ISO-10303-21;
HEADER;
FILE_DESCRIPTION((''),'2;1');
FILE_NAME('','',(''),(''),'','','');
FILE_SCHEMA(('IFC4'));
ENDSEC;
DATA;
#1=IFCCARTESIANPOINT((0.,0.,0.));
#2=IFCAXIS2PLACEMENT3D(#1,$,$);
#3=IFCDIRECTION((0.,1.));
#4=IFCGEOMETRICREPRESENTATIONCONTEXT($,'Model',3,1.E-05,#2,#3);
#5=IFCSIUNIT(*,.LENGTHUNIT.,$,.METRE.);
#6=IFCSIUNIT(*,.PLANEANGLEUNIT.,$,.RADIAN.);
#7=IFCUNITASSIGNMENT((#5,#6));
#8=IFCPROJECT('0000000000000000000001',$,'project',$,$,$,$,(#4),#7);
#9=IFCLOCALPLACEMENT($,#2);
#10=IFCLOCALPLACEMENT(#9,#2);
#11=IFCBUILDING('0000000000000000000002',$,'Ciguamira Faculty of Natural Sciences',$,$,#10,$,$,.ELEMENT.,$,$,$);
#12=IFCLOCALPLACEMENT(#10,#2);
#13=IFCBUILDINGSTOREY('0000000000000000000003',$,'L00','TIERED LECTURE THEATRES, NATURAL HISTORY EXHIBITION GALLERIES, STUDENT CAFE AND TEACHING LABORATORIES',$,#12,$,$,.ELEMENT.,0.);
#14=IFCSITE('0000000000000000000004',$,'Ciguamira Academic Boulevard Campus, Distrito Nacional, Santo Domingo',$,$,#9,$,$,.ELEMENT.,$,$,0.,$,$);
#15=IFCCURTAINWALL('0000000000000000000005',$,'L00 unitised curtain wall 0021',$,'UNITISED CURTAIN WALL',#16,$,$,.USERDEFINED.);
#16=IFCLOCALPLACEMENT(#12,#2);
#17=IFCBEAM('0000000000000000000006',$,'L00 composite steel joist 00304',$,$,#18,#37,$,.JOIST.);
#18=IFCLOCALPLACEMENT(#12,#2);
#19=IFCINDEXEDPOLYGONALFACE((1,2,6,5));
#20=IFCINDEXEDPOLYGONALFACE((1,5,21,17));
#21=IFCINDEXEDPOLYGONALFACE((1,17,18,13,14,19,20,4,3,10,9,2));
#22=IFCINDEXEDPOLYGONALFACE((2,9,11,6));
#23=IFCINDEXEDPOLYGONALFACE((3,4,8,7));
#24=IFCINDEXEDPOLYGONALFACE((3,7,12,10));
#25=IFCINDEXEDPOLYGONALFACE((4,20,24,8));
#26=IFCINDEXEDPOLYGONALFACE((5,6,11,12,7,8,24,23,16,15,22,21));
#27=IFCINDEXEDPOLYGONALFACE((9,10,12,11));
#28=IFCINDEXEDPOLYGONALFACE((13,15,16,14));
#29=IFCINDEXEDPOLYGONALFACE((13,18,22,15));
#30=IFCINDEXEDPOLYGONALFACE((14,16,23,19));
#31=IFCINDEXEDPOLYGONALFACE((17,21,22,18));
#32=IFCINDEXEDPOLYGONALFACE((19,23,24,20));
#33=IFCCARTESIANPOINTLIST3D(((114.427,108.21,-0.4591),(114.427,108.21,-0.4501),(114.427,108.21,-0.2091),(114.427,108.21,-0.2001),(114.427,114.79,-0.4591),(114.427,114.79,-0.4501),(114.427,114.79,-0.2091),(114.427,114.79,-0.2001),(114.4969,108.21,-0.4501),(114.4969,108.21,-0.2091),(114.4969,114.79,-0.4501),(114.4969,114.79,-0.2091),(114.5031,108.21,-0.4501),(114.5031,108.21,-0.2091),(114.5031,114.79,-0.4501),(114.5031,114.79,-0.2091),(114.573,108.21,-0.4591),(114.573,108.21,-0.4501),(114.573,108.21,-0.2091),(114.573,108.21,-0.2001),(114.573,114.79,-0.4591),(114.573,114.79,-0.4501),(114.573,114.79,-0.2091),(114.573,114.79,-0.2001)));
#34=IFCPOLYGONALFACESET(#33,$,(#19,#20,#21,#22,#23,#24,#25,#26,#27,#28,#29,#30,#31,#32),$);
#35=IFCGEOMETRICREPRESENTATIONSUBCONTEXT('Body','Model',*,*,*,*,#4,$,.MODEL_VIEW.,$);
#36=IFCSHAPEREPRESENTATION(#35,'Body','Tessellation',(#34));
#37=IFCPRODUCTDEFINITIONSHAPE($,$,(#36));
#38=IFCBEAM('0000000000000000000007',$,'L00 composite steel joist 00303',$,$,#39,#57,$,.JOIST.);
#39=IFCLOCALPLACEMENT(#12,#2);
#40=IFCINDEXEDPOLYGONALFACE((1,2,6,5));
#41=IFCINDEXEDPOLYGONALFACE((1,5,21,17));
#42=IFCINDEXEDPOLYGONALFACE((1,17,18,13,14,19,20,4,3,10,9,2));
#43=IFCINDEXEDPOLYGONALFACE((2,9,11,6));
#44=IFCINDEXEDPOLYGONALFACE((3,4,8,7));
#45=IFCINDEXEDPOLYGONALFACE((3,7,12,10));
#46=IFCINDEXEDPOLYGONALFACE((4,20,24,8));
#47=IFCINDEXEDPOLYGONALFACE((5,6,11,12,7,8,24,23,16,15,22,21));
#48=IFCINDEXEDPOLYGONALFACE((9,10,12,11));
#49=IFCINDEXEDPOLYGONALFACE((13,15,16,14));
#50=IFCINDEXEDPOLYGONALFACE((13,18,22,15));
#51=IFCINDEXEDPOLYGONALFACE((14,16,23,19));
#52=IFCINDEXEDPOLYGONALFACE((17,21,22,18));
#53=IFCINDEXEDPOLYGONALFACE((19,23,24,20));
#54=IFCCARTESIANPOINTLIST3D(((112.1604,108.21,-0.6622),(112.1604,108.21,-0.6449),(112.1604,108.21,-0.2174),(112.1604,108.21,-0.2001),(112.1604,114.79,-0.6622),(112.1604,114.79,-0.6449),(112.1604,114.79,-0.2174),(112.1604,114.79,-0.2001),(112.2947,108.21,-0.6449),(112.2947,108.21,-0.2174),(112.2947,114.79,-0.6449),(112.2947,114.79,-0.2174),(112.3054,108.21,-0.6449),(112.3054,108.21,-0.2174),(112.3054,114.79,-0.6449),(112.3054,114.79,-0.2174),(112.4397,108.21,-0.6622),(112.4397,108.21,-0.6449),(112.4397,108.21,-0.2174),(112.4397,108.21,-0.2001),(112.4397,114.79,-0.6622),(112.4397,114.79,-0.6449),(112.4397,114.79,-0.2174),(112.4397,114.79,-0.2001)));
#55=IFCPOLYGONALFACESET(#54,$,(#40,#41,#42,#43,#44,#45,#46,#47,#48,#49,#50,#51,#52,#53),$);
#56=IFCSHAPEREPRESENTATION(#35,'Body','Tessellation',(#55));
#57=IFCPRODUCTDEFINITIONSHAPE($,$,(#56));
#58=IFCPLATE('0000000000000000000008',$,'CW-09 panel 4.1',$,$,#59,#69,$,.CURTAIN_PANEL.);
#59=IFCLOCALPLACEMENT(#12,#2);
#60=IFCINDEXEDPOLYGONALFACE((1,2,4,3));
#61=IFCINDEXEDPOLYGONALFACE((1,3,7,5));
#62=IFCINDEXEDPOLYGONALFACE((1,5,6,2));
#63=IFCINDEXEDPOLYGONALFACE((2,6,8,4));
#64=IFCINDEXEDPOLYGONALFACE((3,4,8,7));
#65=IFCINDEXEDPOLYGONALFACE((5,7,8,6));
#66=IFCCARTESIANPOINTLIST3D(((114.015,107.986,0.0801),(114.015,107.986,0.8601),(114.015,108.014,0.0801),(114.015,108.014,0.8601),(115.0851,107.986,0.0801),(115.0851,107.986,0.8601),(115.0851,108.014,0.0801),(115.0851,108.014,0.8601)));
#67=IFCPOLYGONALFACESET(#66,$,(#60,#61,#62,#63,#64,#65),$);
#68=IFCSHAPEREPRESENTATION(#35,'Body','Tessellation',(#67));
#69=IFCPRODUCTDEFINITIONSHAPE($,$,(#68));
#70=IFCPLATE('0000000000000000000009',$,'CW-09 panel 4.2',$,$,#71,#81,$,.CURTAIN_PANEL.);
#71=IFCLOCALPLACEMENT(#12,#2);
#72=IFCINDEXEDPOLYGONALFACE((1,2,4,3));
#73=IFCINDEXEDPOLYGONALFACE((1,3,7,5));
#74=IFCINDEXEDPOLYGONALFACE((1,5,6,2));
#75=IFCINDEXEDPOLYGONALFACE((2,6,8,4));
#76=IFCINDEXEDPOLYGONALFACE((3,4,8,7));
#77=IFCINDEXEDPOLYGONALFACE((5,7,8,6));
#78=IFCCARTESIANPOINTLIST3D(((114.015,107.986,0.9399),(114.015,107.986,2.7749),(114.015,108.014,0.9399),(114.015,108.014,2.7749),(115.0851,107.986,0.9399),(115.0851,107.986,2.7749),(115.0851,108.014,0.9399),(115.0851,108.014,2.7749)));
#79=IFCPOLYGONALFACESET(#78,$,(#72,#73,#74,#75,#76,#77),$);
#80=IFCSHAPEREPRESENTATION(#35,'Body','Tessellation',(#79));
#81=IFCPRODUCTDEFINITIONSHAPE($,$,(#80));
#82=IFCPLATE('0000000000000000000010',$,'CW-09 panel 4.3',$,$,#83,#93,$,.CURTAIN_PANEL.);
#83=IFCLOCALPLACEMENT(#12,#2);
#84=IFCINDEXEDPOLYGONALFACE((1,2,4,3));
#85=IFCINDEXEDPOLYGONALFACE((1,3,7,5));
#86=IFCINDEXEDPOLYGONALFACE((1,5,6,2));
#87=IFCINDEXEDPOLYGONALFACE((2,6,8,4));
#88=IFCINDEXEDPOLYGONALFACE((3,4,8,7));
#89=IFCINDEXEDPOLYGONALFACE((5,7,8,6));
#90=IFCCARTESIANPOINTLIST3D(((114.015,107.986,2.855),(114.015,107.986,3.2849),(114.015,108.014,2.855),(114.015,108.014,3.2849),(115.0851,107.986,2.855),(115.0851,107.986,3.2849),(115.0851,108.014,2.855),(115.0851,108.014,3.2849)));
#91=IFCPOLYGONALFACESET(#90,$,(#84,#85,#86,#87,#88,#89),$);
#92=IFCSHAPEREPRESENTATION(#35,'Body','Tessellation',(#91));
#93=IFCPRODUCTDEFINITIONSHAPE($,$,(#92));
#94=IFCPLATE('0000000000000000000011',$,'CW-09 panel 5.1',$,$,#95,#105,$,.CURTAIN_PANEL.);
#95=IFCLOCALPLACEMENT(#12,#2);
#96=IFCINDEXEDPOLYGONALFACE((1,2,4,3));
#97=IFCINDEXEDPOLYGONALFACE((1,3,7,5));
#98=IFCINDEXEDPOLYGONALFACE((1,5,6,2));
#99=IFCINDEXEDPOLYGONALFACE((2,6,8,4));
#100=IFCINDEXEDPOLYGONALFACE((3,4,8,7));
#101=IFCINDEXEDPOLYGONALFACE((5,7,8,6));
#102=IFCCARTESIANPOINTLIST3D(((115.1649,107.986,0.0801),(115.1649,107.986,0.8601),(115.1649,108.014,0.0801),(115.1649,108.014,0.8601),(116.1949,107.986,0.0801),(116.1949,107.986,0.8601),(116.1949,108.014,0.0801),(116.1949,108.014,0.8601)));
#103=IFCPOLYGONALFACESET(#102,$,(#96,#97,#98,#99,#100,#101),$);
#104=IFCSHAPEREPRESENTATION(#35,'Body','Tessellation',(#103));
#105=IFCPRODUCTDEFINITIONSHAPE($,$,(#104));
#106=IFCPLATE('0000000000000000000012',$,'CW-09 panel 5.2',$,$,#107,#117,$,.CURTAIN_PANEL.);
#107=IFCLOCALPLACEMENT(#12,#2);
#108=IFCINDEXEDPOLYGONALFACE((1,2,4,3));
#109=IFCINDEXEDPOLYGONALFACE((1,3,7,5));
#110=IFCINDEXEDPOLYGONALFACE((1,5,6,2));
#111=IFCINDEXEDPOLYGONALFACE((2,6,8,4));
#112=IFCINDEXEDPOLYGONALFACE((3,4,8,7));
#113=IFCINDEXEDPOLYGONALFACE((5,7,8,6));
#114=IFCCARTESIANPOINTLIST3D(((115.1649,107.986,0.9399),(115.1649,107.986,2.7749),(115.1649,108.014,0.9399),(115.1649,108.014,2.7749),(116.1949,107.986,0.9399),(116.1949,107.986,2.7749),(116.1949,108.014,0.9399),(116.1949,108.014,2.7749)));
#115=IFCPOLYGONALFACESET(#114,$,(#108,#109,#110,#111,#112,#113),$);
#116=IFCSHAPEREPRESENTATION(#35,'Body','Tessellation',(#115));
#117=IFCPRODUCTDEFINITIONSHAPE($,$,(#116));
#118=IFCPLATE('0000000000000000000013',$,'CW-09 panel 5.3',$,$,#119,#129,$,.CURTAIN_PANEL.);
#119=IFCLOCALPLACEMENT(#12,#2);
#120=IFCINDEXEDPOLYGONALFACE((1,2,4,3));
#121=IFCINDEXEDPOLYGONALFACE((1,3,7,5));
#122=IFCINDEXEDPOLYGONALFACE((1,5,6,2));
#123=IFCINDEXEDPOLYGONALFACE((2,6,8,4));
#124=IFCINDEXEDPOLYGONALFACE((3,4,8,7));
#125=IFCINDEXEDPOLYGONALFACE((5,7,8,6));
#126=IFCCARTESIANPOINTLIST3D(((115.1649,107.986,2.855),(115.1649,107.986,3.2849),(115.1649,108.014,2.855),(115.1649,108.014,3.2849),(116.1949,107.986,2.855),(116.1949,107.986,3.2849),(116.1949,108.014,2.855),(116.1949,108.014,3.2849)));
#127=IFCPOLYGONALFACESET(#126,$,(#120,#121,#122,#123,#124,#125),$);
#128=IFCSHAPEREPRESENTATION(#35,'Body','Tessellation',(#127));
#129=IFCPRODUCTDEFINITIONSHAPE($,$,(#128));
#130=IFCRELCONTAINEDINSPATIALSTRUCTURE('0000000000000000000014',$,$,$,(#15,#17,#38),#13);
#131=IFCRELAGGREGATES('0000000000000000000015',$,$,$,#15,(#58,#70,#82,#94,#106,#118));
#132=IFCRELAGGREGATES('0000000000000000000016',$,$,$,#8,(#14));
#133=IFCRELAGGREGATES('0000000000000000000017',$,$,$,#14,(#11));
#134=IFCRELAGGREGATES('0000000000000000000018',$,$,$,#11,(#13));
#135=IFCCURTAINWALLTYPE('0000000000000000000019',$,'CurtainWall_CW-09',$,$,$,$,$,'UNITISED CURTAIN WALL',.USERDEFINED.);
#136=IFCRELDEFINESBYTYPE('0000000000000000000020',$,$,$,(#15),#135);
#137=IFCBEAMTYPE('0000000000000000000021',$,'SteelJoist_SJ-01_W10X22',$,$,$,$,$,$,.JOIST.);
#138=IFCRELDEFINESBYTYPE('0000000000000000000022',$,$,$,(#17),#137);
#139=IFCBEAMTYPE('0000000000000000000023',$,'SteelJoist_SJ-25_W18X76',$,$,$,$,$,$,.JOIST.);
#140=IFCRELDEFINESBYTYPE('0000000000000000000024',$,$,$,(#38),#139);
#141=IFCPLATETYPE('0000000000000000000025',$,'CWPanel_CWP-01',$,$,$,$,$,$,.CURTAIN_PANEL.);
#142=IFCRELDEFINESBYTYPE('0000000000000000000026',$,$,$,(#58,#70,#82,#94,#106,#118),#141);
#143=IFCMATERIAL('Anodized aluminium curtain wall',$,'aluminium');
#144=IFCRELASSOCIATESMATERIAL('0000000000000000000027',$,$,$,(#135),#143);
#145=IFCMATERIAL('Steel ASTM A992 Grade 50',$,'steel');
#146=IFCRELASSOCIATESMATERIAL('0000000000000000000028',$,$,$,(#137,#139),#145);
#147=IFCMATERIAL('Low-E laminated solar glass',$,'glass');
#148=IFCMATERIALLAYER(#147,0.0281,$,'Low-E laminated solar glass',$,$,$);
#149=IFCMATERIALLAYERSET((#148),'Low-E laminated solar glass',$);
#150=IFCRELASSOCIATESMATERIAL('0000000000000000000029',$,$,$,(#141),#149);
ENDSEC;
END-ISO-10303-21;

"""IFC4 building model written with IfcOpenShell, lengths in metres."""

from ifc_helpers import new_model, si_unit, direction, frame, origin, origin_2d, place, context, subcontext, project, spatial, rectangle, i_section, extrude, material, layer, layer_set, material_profile, profile_set, type_object, element, aggregate, save


model = new_model("IFC4")

# Units and contexts
model_context = context("Model", 3, precision=1e-05, world=origin(), true_north=direction((0.0, 1.0)))
body_context = subcontext(model_context, "Body", "Model", "MODEL_VIEW")
ifc_project = project(units=[si_unit("LENGTHUNIT", "METRE"), si_unit("PLANEANGLEUNIT", "RADIAN")], contexts=[model_context])

# Site, building, storey
site_placement = place(None, origin())
site = spatial("IfcSite", under=ifc_project, at=site_placement, Name="Ciguamira Academic Boulevard Campus, Distrito Nacional, Santo Domingo", CompositionType="ELEMENT", RefElevation=0.0)
building_placement = place(site_placement, origin())
building = spatial("IfcBuilding", under=site, at=building_placement, Name="Ciguamira Faculty of Natural Sciences", CompositionType="ELEMENT")
storey_placement = place(building_placement, origin())
storey = spatial("IfcBuildingStorey", under=building, at=storey_placement, Name="L00", Description="TIERED LECTURE THEATRES, NATURAL HISTORY EXHIBITION GALLERIES, STUDENT CAFE AND TEACHING LABORATORIES", CompositionType="ELEMENT", Elevation=0.0)

# Curtain wall
ifc_material_1 = material(Name="Anodized aluminium curtain wall", Category="aluminium")
curtain_wall_type = type_object("IfcCurtainWallType", Name="CurtainWall_CW-09", ElementType="UNITISED CURTAIN WALL", PredefinedType="USERDEFINED", material=ifc_material_1)
curtain_wall_placement = place(storey_placement, origin())
curtain_wall = element("IfcCurtainWall", 1, at=curtain_wall_placement, inside=storey, type_object=curtain_wall_type, Name="L00 unitised curtain wall 0021", ObjectType="UNITISED CURTAIN WALL", PredefinedType="USERDEFINED")

# Beams
ifc_material_2 = material(Name="Steel ASTM A992 Grade 50", Category="steel")
ifc_material_profile_1 = material_profile(ifc_material_2, i_section(OverallWidth=0.146, OverallDepth=0.259, WebThickness=0.0061, FlangeThickness=0.009, at=origin_2d()), Name="W10X22")
ifc_profile_set_1 = profile_set([ifc_material_profile_1], Name="Steel ASTM A992 Grade 50")
beam_type_1 = type_object("IfcBeamType", Name="SteelJoist_SJ-01_W10X22", PredefinedType="JOIST", material=ifc_profile_set_1)
beam_1_placement = place(storey_placement, frame((114.5, 108.21, -0.3296), z_axis=(0.0, 1.0, 0.0), x_axis=(-1.0, 0.0, 0.0)))
element("IfcBeam", 2, at=beam_1_placement, inside=storey, type_object=beam_type_1, Name="L00 composite steel joist 00304", PredefinedType="JOIST", context=body_context, shape_type="SweptSolid", body=[
    extrude(i_section(OverallWidth=0.146, OverallDepth=0.259, WebThickness=0.0061, FlangeThickness=0.009, at=origin_2d()), origin(), (0.0, 0.0, 1.0), 6.5801),
])
ifc_material_profile_2 = material_profile(ifc_material_2, i_section(OverallWidth=0.2793, OverallDepth=0.4622, WebThickness=0.0107, FlangeThickness=0.0173, at=origin_2d()), Name="W18X76")
ifc_profile_set_2 = profile_set([ifc_material_profile_2], Name="Steel ASTM A992 Grade 50")
beam_type_2 = type_object("IfcBeamType", Name="SteelJoist_SJ-25_W18X76", PredefinedType="JOIST", material=ifc_profile_set_2)
beam_2_placement = place(storey_placement, frame((112.3, 108.21, -0.4312), z_axis=(0.0, 1.0, 0.0), x_axis=(-1.0, 0.0, 0.0)))
element("IfcBeam", 3, at=beam_2_placement, inside=storey, type_object=beam_type_2, Name="L00 composite steel joist 00303", PredefinedType="JOIST", context=body_context, shape_type="SweptSolid", body=[
    extrude(i_section(OverallWidth=0.2793, OverallDepth=0.4622, WebThickness=0.0107, FlangeThickness=0.0173, at=origin_2d()), origin(), (0.0, 0.0, 1.0), 6.5801),
])

# Plates
ifc_material_3 = material(Name="Low-E laminated solar glass", Category="glass")
ifc_layer = layer(ifc_material_3, 0.0281, Name="Low-E laminated solar glass")
ifc_layer_set = layer_set([ifc_layer], Name="Low-E laminated solar glass")
plate_type = type_object("IfcPlateType", Name="CWPanel_CWP-01", PredefinedType="CURTAIN_PANEL", material=ifc_layer_set)
plate_1_placement = place(storey_placement, frame((114.55, 108.0, 0.0801), z_axis=(0.0, 0.0, 1.0), x_axis=(1.0, 0.0, 0.0)))
plate_1 = element("IfcPlate", 4, at=plate_1_placement, type_object=plate_type, Name="CW-09 panel 4.1", PredefinedType="CURTAIN_PANEL", context=body_context, shape_type="SweptSolid", body=[
    extrude(rectangle(XDim=1.0701, YDim=0.0281, at=origin_2d()), origin(), (0.0, 0.0, 1.0), 0.78),
])
plate_2_placement = place(storey_placement, frame((114.55, 108.0, 0.9399), z_axis=(0.0, 0.0, 1.0), x_axis=(1.0, 0.0, 0.0)))
plate_2 = element("IfcPlate", 5, at=plate_2_placement, type_object=plate_type, Name="CW-09 panel 4.2", PredefinedType="CURTAIN_PANEL", context=body_context, shape_type="SweptSolid", body=[
    extrude(rectangle(XDim=1.0701, YDim=0.0281, at=origin_2d()), origin(), (0.0, 0.0, 1.0), 1.835),
])
plate_3_placement = place(storey_placement, frame((114.55, 108.0, 2.855), z_axis=(0.0, 0.0, 1.0), x_axis=(1.0, 0.0, 0.0)))
plate_3 = element("IfcPlate", 6, at=plate_3_placement, type_object=plate_type, Name="CW-09 panel 4.3", PredefinedType="CURTAIN_PANEL", context=body_context, shape_type="SweptSolid", body=[
    extrude(rectangle(XDim=1.0701, YDim=0.0281, at=origin_2d()), origin(), (0.0, 0.0, 1.0), 0.4299),
])
plate_4_placement = place(storey_placement, frame((115.6799, 108.0, 0.0801), z_axis=(0.0, 0.0, 1.0), x_axis=(1.0, 0.0, 0.0)))
plate_4 = element("IfcPlate", 7, at=plate_4_placement, type_object=plate_type, Name="CW-09 panel 5.1", PredefinedType="CURTAIN_PANEL", context=body_context, shape_type="SweptSolid", body=[
    extrude(rectangle(XDim=1.03, YDim=0.0281, at=origin_2d()), origin(), (0.0, 0.0, 1.0), 0.78),
])
plate_5_placement = place(storey_placement, frame((115.6799, 108.0, 0.9399), z_axis=(0.0, 0.0, 1.0), x_axis=(1.0, 0.0, 0.0)))
plate_5 = element("IfcPlate", 8, at=plate_5_placement, type_object=plate_type, Name="CW-09 panel 5.2", PredefinedType="CURTAIN_PANEL", context=body_context, shape_type="SweptSolid", body=[
    extrude(rectangle(XDim=1.03, YDim=0.0281, at=origin_2d()), origin(), (0.0, 0.0, 1.0), 1.835),
])
plate_6_placement = place(storey_placement, frame((115.6799, 108.0, 2.855), z_axis=(0.0, 0.0, 1.0), x_axis=(1.0, 0.0, 0.0)))
plate_6 = element("IfcPlate", 9, at=plate_6_placement, type_object=plate_type, Name="CW-09 panel 5.3", PredefinedType="CURTAIN_PANEL", context=body_context, shape_type="SweptSolid", body=[
    extrude(rectangle(XDim=1.03, YDim=0.0281, at=origin_2d()), origin(), (0.0, 0.0, 1.0), 0.4299),
])
aggregate(curtain_wall, [plate_1, plate_2, plate_3, plate_4, plate_5, plate_6])

save(model, "model.ifc")
